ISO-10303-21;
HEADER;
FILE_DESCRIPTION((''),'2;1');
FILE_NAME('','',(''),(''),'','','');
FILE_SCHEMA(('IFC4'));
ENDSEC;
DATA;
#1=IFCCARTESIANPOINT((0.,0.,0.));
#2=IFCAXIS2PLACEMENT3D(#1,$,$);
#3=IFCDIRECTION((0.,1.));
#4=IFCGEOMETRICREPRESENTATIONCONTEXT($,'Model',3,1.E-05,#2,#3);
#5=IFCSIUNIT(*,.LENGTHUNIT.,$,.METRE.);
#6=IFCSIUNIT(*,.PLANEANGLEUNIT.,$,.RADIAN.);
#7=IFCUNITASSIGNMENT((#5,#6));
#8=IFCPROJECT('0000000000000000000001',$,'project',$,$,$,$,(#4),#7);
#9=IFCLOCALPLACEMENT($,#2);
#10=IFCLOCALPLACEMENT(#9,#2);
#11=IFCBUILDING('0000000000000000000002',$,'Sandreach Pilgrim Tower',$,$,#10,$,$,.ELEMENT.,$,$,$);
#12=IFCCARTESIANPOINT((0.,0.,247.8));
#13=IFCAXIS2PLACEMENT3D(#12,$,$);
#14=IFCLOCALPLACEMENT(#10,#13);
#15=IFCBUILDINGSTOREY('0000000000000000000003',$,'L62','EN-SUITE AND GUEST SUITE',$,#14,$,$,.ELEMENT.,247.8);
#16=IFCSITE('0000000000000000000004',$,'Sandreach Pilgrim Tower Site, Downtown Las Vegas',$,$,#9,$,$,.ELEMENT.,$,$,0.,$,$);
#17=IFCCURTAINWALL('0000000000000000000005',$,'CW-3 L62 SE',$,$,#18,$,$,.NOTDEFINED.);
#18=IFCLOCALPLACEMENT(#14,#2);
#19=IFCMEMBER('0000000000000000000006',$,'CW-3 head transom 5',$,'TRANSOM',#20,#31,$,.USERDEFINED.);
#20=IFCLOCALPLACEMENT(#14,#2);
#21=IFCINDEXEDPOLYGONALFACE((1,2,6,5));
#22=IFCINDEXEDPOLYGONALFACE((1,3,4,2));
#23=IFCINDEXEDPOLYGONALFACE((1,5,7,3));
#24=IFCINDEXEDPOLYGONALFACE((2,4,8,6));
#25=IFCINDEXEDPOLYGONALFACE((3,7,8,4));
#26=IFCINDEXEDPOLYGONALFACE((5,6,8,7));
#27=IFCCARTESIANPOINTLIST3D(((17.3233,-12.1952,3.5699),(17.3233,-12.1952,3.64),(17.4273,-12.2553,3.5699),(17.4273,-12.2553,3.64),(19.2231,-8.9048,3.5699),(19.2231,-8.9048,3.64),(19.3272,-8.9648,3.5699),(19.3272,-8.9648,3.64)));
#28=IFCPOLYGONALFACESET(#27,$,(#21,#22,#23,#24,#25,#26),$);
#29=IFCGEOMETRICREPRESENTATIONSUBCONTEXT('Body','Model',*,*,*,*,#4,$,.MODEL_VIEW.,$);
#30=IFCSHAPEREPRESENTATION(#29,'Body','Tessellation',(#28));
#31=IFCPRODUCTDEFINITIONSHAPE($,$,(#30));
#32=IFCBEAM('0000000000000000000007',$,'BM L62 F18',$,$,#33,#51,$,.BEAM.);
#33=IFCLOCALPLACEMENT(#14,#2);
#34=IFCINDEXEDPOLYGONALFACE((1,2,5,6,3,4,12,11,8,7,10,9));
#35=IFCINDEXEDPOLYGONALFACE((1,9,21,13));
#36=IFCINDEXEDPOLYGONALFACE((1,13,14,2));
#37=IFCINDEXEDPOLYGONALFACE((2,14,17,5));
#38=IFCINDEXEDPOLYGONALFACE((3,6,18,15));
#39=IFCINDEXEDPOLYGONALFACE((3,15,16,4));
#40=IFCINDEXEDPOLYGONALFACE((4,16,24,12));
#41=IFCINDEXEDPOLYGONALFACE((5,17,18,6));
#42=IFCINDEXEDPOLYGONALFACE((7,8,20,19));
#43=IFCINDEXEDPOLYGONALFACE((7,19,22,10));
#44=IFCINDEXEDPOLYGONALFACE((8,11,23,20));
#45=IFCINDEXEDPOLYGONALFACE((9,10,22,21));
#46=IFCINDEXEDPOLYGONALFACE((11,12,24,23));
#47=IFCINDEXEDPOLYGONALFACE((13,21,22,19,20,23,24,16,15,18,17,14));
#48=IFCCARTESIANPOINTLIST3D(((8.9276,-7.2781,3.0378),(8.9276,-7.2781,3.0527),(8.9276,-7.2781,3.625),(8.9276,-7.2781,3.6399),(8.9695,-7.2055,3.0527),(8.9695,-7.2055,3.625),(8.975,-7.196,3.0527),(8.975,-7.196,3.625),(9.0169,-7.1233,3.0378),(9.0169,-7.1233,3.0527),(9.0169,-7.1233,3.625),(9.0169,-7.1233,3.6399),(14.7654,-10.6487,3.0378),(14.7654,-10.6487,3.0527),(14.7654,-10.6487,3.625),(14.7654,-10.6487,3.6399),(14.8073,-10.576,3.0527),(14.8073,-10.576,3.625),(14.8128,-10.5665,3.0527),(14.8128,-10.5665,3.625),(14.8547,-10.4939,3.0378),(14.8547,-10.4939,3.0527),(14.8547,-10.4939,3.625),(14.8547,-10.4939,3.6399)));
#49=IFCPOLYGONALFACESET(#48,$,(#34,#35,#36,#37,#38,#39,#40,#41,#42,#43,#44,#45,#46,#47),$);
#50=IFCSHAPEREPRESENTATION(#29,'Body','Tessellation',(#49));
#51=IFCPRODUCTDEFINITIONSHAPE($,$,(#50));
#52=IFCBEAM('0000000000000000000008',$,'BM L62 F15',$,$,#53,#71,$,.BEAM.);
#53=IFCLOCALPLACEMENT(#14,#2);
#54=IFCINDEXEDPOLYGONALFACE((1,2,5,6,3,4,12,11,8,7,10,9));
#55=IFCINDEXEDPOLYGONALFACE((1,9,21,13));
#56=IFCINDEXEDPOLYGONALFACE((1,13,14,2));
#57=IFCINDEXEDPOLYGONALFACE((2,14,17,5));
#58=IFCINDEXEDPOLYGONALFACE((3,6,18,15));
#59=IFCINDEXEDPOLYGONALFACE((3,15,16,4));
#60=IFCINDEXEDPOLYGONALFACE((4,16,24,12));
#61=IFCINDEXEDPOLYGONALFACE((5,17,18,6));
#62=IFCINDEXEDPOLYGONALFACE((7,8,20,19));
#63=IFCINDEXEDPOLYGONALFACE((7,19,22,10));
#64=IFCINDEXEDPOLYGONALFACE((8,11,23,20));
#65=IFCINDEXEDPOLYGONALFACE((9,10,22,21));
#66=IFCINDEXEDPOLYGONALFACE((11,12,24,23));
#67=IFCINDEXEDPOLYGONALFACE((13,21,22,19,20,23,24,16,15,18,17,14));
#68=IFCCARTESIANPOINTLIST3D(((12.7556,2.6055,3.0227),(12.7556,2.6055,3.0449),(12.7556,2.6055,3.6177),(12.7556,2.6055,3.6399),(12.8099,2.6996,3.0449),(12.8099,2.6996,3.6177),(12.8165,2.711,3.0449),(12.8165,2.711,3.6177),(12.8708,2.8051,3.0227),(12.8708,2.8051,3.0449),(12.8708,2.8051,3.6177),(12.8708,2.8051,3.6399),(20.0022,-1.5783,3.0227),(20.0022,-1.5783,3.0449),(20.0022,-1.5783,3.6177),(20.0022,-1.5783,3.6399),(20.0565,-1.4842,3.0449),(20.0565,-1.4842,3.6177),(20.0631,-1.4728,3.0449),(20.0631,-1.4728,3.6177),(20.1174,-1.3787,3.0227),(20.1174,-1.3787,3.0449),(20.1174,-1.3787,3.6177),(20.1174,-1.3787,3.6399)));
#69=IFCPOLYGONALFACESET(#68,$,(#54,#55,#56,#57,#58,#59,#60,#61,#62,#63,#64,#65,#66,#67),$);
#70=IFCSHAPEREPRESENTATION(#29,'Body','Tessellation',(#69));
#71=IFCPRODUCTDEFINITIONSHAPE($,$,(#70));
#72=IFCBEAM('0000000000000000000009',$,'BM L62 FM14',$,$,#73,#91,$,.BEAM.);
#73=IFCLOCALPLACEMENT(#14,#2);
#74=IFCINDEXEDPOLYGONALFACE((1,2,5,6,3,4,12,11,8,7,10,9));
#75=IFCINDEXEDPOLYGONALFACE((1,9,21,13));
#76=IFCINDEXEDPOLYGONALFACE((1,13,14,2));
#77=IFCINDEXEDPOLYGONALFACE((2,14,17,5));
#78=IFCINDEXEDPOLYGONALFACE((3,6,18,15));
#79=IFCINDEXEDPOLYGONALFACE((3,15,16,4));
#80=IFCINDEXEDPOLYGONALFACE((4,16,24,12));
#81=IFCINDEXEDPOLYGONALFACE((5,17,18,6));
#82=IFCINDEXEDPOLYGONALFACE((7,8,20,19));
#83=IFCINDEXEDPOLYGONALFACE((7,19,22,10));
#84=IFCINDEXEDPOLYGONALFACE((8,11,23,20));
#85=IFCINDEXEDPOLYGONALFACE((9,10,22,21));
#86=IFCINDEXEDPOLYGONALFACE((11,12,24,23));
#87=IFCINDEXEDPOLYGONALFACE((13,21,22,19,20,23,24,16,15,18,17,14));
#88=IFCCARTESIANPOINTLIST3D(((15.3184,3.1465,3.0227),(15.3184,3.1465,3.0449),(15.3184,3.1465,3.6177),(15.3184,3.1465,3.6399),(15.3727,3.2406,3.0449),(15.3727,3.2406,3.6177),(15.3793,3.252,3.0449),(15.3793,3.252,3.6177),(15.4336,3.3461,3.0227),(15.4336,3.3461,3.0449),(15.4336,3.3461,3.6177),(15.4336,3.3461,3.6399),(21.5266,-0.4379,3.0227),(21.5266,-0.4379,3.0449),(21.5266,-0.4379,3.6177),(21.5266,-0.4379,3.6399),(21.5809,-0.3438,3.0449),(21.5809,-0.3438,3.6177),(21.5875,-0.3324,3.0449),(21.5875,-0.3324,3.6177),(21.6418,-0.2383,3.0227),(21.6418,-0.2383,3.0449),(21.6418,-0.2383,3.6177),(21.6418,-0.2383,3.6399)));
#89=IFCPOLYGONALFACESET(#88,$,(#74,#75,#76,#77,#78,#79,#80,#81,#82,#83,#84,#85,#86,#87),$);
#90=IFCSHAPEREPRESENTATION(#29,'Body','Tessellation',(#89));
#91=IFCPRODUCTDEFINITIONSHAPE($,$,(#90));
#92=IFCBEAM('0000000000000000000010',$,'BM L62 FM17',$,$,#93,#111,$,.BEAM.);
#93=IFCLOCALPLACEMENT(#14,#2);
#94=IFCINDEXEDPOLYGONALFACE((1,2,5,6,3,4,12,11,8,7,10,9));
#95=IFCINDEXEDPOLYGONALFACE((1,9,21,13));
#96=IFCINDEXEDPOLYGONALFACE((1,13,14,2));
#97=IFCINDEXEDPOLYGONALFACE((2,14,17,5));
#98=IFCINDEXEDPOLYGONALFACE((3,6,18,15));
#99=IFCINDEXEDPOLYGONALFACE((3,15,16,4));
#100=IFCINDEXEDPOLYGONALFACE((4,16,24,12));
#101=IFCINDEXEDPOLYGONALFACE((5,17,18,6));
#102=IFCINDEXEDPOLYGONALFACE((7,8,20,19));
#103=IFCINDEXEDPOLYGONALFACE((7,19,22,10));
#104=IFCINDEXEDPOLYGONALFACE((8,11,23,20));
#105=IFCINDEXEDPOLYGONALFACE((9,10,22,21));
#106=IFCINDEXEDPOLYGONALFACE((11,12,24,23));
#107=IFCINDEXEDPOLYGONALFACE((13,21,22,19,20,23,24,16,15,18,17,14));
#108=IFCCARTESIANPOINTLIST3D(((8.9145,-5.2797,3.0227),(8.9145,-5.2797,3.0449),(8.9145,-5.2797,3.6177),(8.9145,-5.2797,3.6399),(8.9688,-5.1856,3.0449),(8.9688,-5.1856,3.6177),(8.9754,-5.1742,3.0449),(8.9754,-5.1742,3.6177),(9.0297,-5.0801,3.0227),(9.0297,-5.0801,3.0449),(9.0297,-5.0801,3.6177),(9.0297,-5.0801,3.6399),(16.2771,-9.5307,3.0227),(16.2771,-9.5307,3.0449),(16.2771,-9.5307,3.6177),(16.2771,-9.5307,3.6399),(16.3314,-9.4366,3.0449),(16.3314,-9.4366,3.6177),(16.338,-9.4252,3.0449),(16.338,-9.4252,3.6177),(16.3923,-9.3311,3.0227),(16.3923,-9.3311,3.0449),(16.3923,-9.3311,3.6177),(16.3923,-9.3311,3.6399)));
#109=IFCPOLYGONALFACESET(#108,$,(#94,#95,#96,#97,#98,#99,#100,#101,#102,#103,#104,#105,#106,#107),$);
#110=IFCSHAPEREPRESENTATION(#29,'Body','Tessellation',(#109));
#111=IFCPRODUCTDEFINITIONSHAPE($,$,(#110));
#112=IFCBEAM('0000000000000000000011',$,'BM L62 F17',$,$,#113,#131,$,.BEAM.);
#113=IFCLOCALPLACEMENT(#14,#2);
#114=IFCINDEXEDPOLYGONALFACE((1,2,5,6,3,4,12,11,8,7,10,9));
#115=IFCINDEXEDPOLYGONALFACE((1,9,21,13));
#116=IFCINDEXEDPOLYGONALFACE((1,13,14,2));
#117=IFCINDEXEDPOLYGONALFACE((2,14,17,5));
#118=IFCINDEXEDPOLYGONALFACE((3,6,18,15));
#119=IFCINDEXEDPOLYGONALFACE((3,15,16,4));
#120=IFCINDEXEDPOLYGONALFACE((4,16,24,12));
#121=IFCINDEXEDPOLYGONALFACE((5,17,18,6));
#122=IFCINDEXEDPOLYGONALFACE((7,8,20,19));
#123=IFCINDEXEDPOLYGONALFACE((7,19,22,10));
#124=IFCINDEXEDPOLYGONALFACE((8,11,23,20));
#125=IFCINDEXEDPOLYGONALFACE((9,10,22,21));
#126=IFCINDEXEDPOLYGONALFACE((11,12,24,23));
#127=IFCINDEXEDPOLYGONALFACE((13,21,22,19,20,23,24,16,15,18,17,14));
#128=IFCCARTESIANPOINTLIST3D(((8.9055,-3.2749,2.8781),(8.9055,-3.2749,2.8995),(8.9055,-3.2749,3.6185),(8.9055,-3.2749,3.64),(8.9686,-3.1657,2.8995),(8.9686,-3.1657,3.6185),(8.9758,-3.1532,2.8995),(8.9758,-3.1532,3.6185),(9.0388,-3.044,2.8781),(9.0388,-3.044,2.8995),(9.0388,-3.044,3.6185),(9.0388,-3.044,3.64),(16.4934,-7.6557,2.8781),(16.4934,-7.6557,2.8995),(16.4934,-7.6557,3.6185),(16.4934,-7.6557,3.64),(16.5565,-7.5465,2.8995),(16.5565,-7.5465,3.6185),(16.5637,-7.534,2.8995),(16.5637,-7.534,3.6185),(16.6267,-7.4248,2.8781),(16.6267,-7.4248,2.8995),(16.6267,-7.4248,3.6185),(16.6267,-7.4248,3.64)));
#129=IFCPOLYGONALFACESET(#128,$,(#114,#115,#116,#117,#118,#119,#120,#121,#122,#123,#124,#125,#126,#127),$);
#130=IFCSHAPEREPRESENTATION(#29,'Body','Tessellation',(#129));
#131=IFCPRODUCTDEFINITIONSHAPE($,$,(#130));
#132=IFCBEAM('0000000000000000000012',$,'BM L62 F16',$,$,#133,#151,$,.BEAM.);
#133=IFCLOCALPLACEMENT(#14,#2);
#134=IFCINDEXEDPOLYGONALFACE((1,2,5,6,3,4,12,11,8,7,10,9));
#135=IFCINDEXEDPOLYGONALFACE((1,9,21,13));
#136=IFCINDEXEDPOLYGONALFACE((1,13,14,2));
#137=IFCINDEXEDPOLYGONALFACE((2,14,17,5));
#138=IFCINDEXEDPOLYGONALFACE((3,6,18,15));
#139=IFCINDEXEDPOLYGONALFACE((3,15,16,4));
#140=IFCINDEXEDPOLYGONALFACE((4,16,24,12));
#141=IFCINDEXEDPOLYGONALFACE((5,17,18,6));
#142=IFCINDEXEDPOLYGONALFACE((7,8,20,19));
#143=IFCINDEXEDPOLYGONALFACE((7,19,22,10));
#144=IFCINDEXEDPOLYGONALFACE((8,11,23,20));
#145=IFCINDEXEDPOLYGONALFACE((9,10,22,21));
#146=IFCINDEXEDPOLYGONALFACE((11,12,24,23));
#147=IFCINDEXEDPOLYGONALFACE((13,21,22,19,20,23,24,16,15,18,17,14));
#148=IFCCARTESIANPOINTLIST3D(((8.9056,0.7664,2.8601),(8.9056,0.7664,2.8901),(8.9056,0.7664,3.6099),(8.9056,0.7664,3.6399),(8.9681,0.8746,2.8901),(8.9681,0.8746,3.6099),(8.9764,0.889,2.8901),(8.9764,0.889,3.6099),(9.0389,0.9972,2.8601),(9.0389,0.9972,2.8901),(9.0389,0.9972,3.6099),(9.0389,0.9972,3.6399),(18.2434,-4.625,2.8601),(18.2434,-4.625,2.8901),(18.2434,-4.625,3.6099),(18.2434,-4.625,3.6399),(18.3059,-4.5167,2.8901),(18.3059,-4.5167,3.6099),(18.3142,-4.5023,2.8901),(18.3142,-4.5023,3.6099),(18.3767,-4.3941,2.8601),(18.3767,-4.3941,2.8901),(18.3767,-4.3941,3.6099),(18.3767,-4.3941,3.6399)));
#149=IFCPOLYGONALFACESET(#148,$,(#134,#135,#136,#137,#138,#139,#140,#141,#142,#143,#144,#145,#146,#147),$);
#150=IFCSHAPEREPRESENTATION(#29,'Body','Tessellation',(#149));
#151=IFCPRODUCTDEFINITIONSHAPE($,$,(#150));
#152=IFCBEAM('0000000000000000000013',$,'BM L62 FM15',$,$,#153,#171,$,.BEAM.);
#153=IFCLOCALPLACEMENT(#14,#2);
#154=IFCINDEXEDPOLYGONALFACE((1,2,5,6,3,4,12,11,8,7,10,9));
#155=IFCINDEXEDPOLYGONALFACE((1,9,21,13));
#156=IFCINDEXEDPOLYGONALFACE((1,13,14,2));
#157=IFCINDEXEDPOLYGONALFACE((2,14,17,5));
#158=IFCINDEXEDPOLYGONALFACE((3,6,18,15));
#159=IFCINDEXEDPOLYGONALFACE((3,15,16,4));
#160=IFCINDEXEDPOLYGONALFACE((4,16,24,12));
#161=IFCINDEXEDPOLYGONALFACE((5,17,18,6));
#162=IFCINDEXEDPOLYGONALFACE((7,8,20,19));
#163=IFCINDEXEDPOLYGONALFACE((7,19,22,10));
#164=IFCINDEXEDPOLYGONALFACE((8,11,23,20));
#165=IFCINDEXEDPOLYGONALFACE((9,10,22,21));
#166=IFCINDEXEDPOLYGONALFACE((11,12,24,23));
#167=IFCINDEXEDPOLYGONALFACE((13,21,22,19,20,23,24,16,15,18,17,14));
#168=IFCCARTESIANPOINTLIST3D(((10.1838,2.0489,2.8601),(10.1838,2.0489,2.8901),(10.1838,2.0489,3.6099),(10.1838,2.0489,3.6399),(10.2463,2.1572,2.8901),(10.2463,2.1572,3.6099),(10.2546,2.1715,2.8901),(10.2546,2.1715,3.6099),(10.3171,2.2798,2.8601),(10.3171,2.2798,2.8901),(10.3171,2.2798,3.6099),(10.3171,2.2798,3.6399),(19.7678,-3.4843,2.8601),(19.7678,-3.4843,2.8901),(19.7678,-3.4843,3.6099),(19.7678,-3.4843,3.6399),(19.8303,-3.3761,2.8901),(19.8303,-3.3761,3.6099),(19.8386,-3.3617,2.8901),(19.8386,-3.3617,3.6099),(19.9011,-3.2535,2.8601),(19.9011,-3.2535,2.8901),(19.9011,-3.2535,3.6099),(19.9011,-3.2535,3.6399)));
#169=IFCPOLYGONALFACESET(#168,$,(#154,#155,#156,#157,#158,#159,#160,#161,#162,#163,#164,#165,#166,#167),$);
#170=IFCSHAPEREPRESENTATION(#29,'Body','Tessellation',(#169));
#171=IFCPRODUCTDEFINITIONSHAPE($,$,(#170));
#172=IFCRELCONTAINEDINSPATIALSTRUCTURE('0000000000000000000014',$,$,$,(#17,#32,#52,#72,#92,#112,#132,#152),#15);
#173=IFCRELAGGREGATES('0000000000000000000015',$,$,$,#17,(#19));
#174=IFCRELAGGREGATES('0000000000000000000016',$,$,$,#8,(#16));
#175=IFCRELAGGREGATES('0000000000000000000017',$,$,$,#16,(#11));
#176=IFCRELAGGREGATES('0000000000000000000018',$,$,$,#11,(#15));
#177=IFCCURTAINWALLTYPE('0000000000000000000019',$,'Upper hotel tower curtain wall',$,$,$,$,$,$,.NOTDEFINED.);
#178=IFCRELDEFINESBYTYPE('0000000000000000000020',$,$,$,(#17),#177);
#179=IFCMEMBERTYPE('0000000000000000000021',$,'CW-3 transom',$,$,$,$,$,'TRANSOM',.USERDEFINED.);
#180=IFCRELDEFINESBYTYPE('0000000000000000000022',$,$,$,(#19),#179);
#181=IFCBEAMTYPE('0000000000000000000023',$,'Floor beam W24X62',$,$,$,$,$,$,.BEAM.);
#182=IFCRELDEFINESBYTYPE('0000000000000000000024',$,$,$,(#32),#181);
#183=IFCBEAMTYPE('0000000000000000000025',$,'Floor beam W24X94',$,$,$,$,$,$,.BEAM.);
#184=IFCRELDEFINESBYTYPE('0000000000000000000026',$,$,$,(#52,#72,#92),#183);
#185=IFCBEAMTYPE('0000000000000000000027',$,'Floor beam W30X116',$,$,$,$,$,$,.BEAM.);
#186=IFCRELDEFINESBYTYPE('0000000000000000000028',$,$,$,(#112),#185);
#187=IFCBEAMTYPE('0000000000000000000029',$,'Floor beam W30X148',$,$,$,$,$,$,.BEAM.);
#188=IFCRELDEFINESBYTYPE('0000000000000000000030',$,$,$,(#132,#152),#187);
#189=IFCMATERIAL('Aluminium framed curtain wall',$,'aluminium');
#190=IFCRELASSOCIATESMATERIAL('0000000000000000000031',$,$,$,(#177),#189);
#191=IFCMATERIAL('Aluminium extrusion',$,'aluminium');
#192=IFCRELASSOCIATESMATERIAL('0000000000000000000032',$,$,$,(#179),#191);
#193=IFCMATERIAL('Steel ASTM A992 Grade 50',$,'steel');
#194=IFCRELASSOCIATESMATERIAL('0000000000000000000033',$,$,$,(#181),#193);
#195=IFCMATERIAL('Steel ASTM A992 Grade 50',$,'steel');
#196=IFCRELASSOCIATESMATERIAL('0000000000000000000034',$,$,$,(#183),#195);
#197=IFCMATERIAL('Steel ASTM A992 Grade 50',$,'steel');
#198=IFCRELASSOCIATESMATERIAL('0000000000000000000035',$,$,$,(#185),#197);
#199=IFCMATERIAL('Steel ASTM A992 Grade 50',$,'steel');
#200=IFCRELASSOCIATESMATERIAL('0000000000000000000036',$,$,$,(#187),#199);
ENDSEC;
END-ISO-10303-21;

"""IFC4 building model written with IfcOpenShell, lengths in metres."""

from ifc_helpers import new_model, si_unit, direction, frame, origin, origin_2d, place, context, subcontext, project, spatial, rectangle, i_section, extrude, material, material_profile, profile_set, type_object, element, aggregate, save


model = new_model("IFC4")

# Units and contexts
model_context = context("Model", 3, precision=1e-05, world=origin(), true_north=direction((0.0, 1.0)))
body_context = subcontext(model_context, "Body", "Model", "MODEL_VIEW")
ifc_project = project(units=[si_unit("LENGTHUNIT", "METRE"), si_unit("PLANEANGLEUNIT", "RADIAN")], contexts=[model_context])

# Site, building, storey
site_placement = place(None, origin())
site = spatial("IfcSite", under=ifc_project, at=site_placement, Name="Sandreach Pilgrim Tower Site, Downtown Las Vegas", CompositionType="ELEMENT", RefElevation=0.0)
building_placement = place(site_placement, origin())
building = spatial("IfcBuilding", under=site, at=building_placement, Name="Sandreach Pilgrim Tower", CompositionType="ELEMENT")
storey_placement = place(building_placement, frame((0.0, 0.0, 247.8)))
storey = spatial("IfcBuildingStorey", under=building, at=storey_placement, Name="L62", Description="EN-SUITE AND GUEST SUITE", CompositionType="ELEMENT", Elevation=247.8)

# Curtain wall, member
ifc_material_1 = material(Name="Aluminium framed curtain wall", Category="aluminium")
curtain_wall_type = type_object("IfcCurtainWallType", Name="Upper hotel tower curtain wall", PredefinedType="NOTDEFINED", material=ifc_material_1)
curtain_wall_placement = place(storey_placement, origin())
curtain_wall = element("IfcCurtainWall", 1, at=curtain_wall_placement, inside=storey, type_object=curtain_wall_type, Name="CW-3 L62 SE", PredefinedType="NOTDEFINED")
ifc_material_2 = material(Name="Aluminium extrusion", Category="aluminium")
ifc_material_profile_1 = material_profile(ifc_material_2, rectangle(XDim=0.1201, YDim=0.0701, at=origin_2d()), Name="CW-3T 120X70")
ifc_profile_set_1 = profile_set([ifc_material_profile_1], Name="Aluminium extrusion")
member_type_1 = type_object("IfcMemberType", Name="CW-3 transom", ElementType="TRANSOM", PredefinedType="USERDEFINED", material=ifc_profile_set_1)
member_1_placement = place(storey_placement, frame((19.2751, -8.9348, 3.605), z_axis=(-0.500023, -0.866012, 0.0), x_axis=(0.866012, -0.500023, 0.0)))
member_1 = element("IfcMember", 2, at=member_1_placement, type_object=member_type_1, Name="CW-3 head transom 5", ObjectType="TRANSOM", PredefinedType="USERDEFINED", context=body_context, shape_type="SweptSolid", body=[
    extrude(rectangle(XDim=0.1201, YDim=0.0701, at=origin_2d()), origin(), (0.0, 0.0, 1.0), 3.7996),
])

# Beams
ifc_material_3 = material(Name="Steel ASTM A992 Grade 50", Category="steel")
ifc_material_profile_2 = material_profile(ifc_material_3, i_section(OverallWidth=0.1787, OverallDepth=0.6021, WebThickness=0.011, FlangeThickness=0.0149, at=origin_2d()), Name="W24X62")
ifc_profile_set_2 = profile_set([ifc_material_profile_2], Name="Steel ASTM A992 Grade 50")
beam_type_1 = type_object("IfcBeamType", Name="Floor beam W24X62", PredefinedType="BEAM", material=ifc_profile_set_2)
beam_1_placement = place(storey_placement, frame((14.8101, -10.5713, 3.3389), z_axis=(-0.866019, 0.500011, 0.0), x_axis=(-0.500011, -0.866019, 0.0)))
element("IfcBeam", 3, at=beam_1_placement, inside=storey, type_object=beam_type_1, Name="BM L62 F18", PredefinedType="BEAM", context=body_context, shape_type="SweptSolid", body=[
    extrude(i_section(OverallWidth=0.1787, OverallDepth=0.6021, WebThickness=0.011, FlangeThickness=0.0149, at=origin_2d()), origin(), (0.0, 0.0, 1.0), 6.741),
])
ifc_material_4 = material(Name="Steel ASTM A992 Grade 50", Category="steel")
ifc_material_profile_3 = material_profile(ifc_material_4, i_section(OverallWidth=0.2305, OverallDepth=0.6172, WebThickness=0.0132, FlangeThickness=0.0222, at=origin_2d()), Name="W24X94")
ifc_profile_set_3 = profile_set([ifc_material_profile_3], Name="Steel ASTM A992 Grade 50")
beam_type_2 = type_object("IfcBeamType", Name="Floor beam W24X94", PredefinedType="BEAM", material=ifc_profile_set_3)
beam_2_placement = place(storey_placement, frame((20.0598, -1.4785, 3.3313), z_axis=(-0.866024, 0.500002, 0.0), x_axis=(-0.500002, -0.866024, 0.0)))
element("IfcBeam", 4, at=beam_2_placement, inside=storey, type_object=beam_type_2, Name="BM L62 F15", PredefinedType="BEAM", context=body_context, shape_type="SweptSolid", body=[
    extrude(i_section(OverallWidth=0.2305, OverallDepth=0.6172, WebThickness=0.0132, FlangeThickness=0.0222, at=origin_2d()), origin(), (0.0, 0.0, 1.0), 8.3677),
])
beam_3_placement = place(storey_placement, frame((21.5842, -0.3381, 3.3313), z_axis=(-0.866017, 0.500014, 0.0), x_axis=(-0.500014, -0.866017, 0.0)))
element("IfcBeam", 5, at=beam_3_placement, inside=storey, type_object=beam_type_2, Name="BM L62 FM14", PredefinedType="BEAM", context=body_context, shape_type="SweptSolid", body=[
    extrude(i_section(OverallWidth=0.2305, OverallDepth=0.6172, WebThickness=0.0132, FlangeThickness=0.0222, at=origin_2d()), origin(), (0.0, 0.0, 1.0), 7.1687),
])
beam_4_placement = place(storey_placement, frame((16.3347, -9.4309, 3.3313), z_axis=(-0.866015, 0.500018, 0.0), x_axis=(-0.500018, -0.866015, 0.0)))
element("IfcBeam", 6, at=beam_4_placement, inside=storey, type_object=beam_type_2, Name="BM L62 FM17", PredefinedType="BEAM", context=body_context, shape_type="SweptSolid", body=[
    extrude(i_section(OverallWidth=0.2305, OverallDepth=0.6172, WebThickness=0.0132, FlangeThickness=0.0222, at=origin_2d()), origin(), (0.0, 0.0, 1.0), 8.5017),
])
ifc_material_5 = material(Name="Steel ASTM A992 Grade 50", Category="steel")
ifc_material_profile_4 = material_profile(ifc_material_5, i_section(OverallWidth=0.2666, OverallDepth=0.762, WebThickness=0.0144, FlangeThickness=0.0215, at=origin_2d()), Name="W30X116")
ifc_profile_set_4 = profile_set([ifc_material_profile_4], Name="Steel ASTM A992 Grade 50")
beam_type_3 = type_object("IfcBeamType", Name="Floor beam W30X116", PredefinedType="BEAM", material=ifc_profile_set_4)
beam_5_placement = place(storey_placement, frame((16.5601, -7.5403, 3.259), z_axis=(-0.866026, 0.499999, 0.0), x_axis=(-0.499999, -0.866026, 0.0)))
element("IfcBeam", 7, at=beam_5_placement, inside=storey, type_object=beam_type_3, Name="BM L62 F17", PredefinedType="BEAM", context=body_context, shape_type="SweptSolid", body=[
    extrude(i_section(OverallWidth=0.2666, OverallDepth=0.762, WebThickness=0.0144, FlangeThickness=0.0215, at=origin_2d()), origin(), (0.0, 0.0, 1.0), 8.7617),
])
ifc_material_6 = material(Name="Steel ASTM A992 Grade 50", Category="steel")
ifc_material_profile_5 = material_profile(ifc_material_6, i_section(OverallWidth=0.2666, OverallDepth=0.7798, WebThickness=0.0166, FlangeThickness=0.03, at=origin_2d()), Name="W30X148")
ifc_profile_set_5 = profile_set([ifc_material_profile_5], Name="Steel ASTM A992 Grade 50")
beam_type_4 = type_object("IfcBeamType", Name="Floor beam W30X148", PredefinedType="BEAM", material=ifc_profile_set_5)
beam_6_placement = place(storey_placement, frame((18.3101, -4.5095, 3.25), z_axis=(-0.86602, 0.500009, 0.0), x_axis=(-0.500009, -0.86602, 0.0)))
element("IfcBeam", 8, at=beam_6_placement, inside=storey, type_object=beam_type_4, Name="BM L62 F16", PredefinedType="BEAM", context=body_context, shape_type="SweptSolid", body=[
    extrude(i_section(OverallWidth=0.2666, OverallDepth=0.7798, WebThickness=0.0166, FlangeThickness=0.03, at=origin_2d()), origin(), (0.0, 0.0, 1.0), 10.7825),
])
beam_7_placement = place(storey_placement, frame((19.8345, -3.3689, 3.25), z_axis=(-0.86603, 0.499992, 0.0), x_axis=(-0.499992, -0.86603, 0.0)))
element("IfcBeam", 9, at=beam_7_placement, inside=storey, type_object=beam_type_4, Name="BM L62 FM15", PredefinedType="BEAM", context=body_context, shape_type="SweptSolid", body=[
    extrude(i_section(OverallWidth=0.2666, OverallDepth=0.7798, WebThickness=0.0166, FlangeThickness=0.03, at=origin_2d()), origin(), (0.0, 0.0, 1.0), 11.0667),
])

aggregate(curtain_wall, [member_1])

save(model, "model.ifc")
